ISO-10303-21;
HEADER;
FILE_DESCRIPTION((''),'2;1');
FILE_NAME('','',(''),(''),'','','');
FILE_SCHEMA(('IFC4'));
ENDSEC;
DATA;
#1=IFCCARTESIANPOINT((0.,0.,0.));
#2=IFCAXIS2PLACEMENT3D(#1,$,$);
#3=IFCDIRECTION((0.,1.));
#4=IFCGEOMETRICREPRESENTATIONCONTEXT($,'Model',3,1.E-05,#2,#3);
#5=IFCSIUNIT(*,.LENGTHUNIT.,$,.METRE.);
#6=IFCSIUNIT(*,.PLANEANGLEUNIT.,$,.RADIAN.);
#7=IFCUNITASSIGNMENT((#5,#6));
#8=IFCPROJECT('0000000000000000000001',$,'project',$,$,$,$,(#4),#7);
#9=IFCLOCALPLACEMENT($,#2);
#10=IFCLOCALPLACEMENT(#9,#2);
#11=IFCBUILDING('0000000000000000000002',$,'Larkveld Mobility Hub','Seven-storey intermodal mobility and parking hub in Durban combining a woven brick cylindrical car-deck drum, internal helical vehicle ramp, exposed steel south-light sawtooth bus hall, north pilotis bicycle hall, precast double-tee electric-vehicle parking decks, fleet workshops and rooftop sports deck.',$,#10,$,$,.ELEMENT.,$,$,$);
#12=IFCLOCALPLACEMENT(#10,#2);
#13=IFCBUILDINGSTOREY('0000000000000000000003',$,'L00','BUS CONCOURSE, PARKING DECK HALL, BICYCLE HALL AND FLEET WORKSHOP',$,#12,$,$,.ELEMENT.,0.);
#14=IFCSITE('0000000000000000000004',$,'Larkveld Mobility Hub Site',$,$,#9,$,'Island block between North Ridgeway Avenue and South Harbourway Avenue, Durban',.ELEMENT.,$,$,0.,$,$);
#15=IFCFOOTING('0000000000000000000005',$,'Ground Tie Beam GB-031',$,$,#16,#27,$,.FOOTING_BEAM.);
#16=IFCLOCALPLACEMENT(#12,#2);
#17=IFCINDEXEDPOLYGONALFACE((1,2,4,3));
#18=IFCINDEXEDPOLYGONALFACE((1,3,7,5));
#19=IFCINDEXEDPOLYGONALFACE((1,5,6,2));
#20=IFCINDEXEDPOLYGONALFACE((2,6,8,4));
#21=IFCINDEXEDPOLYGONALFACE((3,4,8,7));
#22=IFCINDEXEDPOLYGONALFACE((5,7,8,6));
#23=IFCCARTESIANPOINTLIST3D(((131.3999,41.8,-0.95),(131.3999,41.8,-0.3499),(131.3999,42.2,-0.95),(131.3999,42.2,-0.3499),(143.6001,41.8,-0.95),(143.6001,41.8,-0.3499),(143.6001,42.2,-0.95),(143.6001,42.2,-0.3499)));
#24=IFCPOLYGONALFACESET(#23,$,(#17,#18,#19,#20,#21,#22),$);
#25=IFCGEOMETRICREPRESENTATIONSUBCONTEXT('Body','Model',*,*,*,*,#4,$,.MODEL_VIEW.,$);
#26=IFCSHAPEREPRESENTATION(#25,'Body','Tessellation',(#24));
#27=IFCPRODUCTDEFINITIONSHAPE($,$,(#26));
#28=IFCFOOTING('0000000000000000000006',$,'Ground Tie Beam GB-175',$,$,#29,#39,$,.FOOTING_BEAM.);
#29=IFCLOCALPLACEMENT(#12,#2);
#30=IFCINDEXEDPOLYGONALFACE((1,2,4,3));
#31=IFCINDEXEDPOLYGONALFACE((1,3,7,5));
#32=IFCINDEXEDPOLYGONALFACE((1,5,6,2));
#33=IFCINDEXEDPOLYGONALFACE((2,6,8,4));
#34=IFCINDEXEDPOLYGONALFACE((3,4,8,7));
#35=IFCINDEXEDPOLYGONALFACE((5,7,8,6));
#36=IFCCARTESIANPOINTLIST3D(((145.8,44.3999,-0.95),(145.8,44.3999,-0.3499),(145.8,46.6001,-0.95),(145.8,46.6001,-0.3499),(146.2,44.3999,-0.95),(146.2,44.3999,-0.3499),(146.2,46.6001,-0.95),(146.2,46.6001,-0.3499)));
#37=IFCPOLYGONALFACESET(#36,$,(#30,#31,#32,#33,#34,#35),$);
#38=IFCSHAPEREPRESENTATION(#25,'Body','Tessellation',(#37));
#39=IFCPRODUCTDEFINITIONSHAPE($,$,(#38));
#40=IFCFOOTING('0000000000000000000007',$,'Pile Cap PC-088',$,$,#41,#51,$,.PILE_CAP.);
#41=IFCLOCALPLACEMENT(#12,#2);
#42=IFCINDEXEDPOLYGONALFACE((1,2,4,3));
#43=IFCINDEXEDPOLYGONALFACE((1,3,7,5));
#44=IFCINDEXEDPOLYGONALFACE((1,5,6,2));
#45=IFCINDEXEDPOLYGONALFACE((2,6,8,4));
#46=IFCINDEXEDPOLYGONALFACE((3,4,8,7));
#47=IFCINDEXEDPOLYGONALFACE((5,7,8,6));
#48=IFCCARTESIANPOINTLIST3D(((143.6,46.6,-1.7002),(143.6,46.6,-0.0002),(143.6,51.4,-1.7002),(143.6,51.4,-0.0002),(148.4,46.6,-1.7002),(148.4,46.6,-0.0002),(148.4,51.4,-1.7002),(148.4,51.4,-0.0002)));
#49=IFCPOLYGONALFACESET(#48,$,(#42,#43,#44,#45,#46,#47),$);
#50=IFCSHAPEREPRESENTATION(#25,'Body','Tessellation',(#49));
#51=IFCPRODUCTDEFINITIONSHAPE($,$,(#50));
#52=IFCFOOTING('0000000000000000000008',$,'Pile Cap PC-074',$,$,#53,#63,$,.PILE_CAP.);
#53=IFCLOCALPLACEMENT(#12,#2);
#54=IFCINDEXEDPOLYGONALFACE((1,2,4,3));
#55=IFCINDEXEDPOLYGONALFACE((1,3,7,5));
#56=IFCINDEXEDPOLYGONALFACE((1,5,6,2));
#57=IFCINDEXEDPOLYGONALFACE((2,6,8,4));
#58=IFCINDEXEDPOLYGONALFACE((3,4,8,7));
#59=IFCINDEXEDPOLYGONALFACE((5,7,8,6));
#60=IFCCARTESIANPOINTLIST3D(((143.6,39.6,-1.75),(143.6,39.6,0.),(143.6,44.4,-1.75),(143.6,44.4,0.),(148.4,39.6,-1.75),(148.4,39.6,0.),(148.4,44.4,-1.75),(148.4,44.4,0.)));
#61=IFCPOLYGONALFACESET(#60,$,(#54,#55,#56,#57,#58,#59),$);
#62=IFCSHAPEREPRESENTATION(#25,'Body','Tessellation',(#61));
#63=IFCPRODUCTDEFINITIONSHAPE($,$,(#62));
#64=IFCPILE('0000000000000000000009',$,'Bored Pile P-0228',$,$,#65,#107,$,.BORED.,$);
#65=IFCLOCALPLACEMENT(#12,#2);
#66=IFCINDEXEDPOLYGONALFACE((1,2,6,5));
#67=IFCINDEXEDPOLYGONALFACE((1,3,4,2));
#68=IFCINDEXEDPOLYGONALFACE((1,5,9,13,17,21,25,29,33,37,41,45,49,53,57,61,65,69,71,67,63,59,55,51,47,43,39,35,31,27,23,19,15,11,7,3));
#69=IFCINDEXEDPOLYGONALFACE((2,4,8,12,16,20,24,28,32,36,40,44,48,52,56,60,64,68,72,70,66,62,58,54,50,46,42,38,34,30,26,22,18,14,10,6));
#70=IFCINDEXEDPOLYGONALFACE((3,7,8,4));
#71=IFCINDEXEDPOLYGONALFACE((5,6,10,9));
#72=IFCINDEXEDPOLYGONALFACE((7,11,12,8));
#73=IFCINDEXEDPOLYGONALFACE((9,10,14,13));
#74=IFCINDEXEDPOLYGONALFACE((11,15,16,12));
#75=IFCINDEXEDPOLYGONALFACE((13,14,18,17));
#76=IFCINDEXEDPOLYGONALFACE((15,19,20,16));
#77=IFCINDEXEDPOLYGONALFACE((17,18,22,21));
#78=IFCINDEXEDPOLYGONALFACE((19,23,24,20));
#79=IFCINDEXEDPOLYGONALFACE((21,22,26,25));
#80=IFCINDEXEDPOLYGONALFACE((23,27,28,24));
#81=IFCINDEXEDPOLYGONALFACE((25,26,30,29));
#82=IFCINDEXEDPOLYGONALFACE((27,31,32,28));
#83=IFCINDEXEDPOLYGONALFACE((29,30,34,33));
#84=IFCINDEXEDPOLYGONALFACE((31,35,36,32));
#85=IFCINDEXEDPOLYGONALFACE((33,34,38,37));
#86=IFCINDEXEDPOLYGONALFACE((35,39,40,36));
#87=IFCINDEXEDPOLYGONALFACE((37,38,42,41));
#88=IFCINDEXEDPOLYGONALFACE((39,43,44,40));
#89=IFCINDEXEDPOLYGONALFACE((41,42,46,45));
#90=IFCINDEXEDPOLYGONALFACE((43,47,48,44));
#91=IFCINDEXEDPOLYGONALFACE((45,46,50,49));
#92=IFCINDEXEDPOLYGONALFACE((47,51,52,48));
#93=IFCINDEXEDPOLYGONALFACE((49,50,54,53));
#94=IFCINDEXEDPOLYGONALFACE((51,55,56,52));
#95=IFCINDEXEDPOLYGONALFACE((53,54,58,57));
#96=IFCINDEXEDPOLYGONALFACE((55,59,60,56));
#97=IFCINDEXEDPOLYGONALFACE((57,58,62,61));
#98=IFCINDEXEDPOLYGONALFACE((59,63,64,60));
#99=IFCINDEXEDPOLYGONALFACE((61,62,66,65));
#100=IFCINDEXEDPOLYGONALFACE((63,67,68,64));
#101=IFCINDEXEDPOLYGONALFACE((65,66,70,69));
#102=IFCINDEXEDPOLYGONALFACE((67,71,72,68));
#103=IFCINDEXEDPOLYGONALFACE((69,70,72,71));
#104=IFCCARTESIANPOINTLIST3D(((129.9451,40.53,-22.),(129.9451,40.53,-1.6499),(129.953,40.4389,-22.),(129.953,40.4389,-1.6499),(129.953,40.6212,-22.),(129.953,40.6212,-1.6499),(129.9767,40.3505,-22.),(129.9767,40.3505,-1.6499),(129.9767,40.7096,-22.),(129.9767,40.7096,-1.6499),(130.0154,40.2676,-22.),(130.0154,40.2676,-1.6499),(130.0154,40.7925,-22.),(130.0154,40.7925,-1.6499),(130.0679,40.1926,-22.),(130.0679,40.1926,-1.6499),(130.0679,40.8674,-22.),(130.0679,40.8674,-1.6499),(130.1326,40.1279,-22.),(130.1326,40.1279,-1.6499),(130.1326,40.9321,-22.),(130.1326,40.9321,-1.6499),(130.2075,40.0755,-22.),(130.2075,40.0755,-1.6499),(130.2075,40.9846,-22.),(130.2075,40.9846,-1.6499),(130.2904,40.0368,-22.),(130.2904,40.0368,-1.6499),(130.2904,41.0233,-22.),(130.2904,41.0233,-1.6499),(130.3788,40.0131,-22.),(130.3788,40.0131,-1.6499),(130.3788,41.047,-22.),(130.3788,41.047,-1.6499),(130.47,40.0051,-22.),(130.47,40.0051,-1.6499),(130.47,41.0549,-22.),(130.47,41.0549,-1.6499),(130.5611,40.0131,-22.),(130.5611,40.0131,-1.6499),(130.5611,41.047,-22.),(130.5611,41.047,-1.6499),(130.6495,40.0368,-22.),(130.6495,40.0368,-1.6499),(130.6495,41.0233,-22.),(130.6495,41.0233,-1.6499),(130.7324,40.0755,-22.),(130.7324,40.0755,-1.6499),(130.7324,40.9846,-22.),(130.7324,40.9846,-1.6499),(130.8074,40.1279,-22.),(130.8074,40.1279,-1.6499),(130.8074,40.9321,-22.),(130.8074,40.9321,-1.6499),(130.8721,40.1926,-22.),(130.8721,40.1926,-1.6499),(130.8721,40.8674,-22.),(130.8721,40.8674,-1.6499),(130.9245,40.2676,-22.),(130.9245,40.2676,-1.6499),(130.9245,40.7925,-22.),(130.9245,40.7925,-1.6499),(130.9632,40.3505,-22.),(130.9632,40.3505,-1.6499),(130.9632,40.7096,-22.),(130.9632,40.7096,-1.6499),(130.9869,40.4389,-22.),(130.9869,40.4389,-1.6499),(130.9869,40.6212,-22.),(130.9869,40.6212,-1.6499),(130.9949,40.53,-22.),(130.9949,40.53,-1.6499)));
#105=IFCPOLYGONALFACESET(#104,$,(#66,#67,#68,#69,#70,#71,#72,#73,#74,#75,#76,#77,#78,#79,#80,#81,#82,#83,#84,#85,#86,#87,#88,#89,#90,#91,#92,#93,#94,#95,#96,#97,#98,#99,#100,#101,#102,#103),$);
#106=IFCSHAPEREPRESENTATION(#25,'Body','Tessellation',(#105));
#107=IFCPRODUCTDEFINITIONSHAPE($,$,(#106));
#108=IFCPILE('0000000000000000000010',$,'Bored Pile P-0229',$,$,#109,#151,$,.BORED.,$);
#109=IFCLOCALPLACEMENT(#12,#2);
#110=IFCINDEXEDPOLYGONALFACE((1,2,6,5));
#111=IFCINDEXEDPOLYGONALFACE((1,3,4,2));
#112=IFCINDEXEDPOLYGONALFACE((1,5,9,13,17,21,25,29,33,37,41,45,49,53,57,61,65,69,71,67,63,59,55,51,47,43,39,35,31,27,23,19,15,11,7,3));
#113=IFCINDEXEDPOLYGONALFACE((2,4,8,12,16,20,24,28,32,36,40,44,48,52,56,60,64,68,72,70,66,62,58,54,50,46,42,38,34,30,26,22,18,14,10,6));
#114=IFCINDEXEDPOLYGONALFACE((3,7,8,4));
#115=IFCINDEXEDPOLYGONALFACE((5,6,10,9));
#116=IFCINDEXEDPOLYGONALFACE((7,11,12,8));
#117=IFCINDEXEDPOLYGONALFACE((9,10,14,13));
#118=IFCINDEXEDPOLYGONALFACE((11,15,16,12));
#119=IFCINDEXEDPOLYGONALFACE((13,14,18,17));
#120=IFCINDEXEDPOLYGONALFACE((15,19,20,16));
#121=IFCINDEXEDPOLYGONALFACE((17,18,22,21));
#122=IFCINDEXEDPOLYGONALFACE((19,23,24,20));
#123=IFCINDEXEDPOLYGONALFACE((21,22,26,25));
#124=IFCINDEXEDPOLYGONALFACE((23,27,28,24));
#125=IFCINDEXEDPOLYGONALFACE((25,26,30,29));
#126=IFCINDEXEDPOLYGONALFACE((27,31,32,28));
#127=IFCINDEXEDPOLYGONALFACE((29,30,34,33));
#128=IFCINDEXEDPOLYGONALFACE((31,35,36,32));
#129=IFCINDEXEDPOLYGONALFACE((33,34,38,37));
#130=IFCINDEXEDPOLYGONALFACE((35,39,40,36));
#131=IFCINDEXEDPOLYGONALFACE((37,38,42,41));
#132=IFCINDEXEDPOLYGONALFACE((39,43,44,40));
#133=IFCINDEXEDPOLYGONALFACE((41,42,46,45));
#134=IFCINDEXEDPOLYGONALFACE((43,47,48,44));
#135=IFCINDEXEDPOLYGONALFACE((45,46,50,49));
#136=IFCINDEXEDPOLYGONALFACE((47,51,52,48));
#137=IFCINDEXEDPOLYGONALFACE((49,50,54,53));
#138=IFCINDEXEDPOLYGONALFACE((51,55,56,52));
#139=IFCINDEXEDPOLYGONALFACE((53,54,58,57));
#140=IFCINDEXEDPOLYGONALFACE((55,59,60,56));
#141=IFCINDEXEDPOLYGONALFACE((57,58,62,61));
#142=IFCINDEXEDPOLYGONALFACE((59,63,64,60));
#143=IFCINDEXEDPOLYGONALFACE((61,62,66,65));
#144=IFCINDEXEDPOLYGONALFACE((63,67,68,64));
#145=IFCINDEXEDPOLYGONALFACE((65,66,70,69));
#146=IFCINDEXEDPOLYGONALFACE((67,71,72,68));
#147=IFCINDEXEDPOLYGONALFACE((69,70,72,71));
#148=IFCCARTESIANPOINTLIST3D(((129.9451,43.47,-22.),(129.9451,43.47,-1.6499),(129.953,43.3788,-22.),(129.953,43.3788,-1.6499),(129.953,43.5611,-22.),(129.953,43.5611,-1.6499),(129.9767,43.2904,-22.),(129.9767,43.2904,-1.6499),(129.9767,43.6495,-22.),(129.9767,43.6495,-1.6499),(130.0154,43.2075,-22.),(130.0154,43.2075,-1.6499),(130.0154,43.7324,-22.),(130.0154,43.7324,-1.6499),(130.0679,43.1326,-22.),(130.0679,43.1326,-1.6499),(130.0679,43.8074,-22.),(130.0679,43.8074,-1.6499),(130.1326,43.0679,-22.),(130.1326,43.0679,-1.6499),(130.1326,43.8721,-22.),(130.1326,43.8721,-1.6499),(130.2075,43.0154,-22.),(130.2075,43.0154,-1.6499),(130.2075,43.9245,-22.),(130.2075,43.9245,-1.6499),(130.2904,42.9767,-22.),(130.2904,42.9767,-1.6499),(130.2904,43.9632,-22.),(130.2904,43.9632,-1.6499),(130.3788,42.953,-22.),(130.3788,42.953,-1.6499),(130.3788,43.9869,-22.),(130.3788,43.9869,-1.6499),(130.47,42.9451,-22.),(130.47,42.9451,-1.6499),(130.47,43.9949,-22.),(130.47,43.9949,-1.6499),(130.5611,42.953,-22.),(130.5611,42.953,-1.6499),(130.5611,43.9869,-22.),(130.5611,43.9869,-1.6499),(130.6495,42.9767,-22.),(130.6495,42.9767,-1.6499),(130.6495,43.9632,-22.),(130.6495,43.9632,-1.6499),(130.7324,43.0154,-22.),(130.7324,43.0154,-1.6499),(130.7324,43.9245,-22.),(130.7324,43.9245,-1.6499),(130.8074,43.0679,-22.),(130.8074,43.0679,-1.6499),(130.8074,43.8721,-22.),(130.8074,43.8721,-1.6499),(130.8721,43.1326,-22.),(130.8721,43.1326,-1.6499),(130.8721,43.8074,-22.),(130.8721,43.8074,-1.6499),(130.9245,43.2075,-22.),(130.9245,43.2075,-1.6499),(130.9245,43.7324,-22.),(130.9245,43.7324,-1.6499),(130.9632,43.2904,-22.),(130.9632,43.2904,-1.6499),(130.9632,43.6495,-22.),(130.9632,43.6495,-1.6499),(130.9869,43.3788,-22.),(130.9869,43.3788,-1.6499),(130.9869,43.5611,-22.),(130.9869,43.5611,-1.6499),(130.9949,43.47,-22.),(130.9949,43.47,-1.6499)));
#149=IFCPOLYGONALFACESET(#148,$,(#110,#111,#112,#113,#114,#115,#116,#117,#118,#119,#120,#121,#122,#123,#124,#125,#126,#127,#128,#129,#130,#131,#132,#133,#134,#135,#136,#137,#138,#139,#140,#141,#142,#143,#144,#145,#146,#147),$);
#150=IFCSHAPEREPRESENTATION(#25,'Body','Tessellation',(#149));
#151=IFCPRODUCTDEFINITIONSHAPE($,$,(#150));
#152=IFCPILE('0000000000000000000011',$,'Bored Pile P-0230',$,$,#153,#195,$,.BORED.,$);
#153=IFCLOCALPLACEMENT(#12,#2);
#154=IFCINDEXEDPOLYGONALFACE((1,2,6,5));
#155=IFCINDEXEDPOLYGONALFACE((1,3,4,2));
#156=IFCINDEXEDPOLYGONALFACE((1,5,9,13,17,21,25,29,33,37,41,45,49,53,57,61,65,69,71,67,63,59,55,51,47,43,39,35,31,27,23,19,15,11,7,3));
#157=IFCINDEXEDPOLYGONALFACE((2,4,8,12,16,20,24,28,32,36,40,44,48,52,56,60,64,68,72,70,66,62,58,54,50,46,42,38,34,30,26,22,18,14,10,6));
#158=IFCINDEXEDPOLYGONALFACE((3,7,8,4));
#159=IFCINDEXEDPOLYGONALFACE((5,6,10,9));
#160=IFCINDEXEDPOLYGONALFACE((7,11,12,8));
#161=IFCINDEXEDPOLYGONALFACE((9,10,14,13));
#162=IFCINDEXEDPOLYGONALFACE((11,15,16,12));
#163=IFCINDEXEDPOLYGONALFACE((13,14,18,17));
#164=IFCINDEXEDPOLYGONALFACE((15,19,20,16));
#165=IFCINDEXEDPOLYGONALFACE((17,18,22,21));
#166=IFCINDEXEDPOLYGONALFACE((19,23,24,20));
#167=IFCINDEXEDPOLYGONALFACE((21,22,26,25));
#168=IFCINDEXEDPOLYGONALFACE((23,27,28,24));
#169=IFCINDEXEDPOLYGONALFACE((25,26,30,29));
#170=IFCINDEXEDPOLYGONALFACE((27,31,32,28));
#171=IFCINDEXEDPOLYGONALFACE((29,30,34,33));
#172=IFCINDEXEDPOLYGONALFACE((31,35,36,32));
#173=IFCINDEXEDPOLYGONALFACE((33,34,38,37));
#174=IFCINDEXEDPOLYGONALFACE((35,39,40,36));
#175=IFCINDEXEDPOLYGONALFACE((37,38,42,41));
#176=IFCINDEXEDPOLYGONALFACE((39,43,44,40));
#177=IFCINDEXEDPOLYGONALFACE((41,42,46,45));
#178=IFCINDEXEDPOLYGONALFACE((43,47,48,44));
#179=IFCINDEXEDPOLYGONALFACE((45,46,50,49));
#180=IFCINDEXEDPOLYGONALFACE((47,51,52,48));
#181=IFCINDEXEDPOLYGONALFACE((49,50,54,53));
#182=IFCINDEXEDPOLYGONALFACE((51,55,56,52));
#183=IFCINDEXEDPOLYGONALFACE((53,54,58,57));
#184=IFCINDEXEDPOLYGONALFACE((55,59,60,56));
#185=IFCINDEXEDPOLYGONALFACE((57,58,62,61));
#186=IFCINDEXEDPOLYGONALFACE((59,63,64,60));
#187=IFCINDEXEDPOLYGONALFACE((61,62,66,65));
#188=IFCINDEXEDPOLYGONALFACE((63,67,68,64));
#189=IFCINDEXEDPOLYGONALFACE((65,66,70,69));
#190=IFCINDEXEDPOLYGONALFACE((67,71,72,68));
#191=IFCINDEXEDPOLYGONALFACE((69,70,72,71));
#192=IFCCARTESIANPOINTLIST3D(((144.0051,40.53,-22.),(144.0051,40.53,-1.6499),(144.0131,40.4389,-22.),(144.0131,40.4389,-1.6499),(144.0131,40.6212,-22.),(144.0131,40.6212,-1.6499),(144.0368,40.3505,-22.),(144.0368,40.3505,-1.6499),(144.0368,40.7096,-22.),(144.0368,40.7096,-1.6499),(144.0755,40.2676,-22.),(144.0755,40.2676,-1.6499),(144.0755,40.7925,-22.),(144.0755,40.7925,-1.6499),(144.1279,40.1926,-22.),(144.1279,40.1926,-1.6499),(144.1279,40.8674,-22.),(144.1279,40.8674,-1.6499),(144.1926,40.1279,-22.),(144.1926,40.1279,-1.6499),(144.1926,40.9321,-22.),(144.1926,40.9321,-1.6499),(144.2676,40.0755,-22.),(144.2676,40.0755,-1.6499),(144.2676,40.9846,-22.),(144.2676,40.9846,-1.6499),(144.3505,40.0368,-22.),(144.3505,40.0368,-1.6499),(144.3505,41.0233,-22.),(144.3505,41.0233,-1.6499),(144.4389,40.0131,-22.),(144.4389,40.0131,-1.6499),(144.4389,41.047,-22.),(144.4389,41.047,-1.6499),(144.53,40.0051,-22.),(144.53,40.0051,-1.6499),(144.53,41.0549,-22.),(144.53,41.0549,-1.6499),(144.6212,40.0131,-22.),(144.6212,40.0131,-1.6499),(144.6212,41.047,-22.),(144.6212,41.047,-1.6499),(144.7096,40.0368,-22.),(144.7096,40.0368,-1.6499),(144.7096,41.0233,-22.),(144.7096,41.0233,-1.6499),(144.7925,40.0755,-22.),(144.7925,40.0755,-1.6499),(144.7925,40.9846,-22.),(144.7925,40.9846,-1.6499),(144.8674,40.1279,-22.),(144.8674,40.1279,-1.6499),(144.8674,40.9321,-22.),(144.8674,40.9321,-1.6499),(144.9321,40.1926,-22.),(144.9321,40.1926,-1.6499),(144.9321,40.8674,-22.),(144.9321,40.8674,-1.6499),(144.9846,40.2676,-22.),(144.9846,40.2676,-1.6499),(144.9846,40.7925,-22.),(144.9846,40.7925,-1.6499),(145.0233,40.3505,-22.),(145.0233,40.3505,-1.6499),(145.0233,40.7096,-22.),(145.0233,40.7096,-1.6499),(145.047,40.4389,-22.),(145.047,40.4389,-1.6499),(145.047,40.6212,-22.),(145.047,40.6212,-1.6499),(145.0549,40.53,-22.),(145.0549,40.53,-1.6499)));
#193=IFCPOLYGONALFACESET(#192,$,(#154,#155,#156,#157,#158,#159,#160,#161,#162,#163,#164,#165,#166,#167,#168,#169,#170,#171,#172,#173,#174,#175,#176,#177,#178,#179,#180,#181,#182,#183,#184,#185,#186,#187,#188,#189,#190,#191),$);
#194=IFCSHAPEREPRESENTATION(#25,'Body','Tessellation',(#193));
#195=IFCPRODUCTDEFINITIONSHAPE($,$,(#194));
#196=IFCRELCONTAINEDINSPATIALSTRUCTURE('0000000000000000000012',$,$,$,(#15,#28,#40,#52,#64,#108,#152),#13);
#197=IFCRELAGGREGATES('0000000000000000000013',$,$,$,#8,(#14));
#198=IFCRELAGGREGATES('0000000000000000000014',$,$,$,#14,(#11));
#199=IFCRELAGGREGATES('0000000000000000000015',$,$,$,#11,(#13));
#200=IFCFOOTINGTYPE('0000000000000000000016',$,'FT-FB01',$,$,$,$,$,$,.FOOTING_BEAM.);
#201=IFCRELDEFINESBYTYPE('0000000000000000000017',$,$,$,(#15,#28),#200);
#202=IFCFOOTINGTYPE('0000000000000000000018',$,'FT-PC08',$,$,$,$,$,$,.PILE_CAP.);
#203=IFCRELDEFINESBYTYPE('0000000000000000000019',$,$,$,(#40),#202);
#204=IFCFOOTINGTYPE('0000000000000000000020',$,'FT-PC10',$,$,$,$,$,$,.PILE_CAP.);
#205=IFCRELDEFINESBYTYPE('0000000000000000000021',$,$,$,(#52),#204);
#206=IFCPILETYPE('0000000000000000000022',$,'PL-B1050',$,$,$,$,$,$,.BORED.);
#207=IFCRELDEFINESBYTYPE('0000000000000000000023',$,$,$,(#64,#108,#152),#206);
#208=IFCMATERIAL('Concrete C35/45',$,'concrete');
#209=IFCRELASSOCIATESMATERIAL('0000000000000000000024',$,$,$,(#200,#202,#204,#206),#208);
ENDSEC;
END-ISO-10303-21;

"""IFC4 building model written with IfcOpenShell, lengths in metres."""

from ifc_helpers import new_model, si_unit, direction, frame, origin, origin_2d, place, context, subcontext, project, spatial, rectangle, circle, extrude, material, material_profile, profile_set, type_object, element, save


model = new_model("IFC4")

# Units and contexts
model_context = context("Model", 3, precision=1e-05, world=origin(), true_north=direction((0.0, 1.0)))
body_context = subcontext(model_context, "Body", "Model", "MODEL_VIEW")
ifc_project = project(units=[si_unit("LENGTHUNIT", "METRE"), si_unit("PLANEANGLEUNIT", "RADIAN")], contexts=[model_context])

# Site, building, storey
site_placement = place(None, origin())
site = spatial("IfcSite", under=ifc_project, at=site_placement, Name="Larkveld Mobility Hub Site", LongName="Island block between North Ridgeway Avenue and South Harbourway Avenue, Durban", CompositionType="ELEMENT", RefElevation=0.0)
building_placement = place(site_placement, origin())
building = spatial("IfcBuilding", under=site, at=building_placement, Name="Larkveld Mobility Hub", Description="Seven-storey intermodal mobility and parking hub in Durban combining a woven brick cylindrical car-deck drum, internal helical vehicle ramp, exposed steel south-light sawtooth bus hall, north pilotis bicycle hall, precast double-tee electric-vehicle parking decks, fleet workshops and rooftop sports deck.", CompositionType="ELEMENT")
storey_placement = place(building_placement, origin())
storey = spatial("IfcBuildingStorey", under=building, at=storey_placement, Name="L00", Description="BUS CONCOURSE, PARKING DECK HALL, BICYCLE HALL AND FLEET WORKSHOP", CompositionType="ELEMENT", Elevation=0.0)

# Footings
ifc_material_1 = material(Name="Concrete C35/45", Category="concrete")
ifc_material_profile_1 = material_profile(ifc_material_1, rectangle(XDim=0.3999, YDim=0.6001, at=origin_2d()), Name="RC BM 400x600")
ifc_profile_set_1 = profile_set([ifc_material_profile_1], Name="Concrete C35/45")
footing_type_1 = type_object("IfcFootingType", Name="FT-FB01", PredefinedType="FOOTING_BEAM", material=ifc_profile_set_1)
footing_1_placement = place(storey_placement, frame((131.3999, 42.0, -0.6499), z_axis=(1.0, 0.0, 0.0), x_axis=(0.0, 1.0, 0.0)))
element("IfcFooting", 1, at=footing_1_placement, inside=storey, type_object=footing_type_1, Name="Ground Tie Beam GB-031", PredefinedType="FOOTING_BEAM", context=body_context, shape_type="SweptSolid", body=[
    extrude(rectangle(XDim=0.3999, YDim=0.6001, at=origin_2d()), origin(), (0.0, 0.0, 1.0), 12.2002),
])
footing_2_placement = place(storey_placement, frame((146.0, 44.3999, -0.6499), z_axis=(0.0, 1.0, 0.0), x_axis=(-1.0, 0.0, 0.0)))
element("IfcFooting", 2, at=footing_2_placement, inside=storey, type_object=footing_type_1, Name="Ground Tie Beam GB-175", PredefinedType="FOOTING_BEAM", context=body_context, shape_type="SweptSolid", body=[
    extrude(rectangle(XDim=0.3999, YDim=0.6001, at=origin_2d()), origin(), (0.0, 0.0, 1.0), 2.2002),
])
footing_type_2 = type_object("IfcFootingType", Name="FT-PC08", PredefinedType="PILE_CAP", material=ifc_material_1)
footing_3_placement = place(storey_placement, frame((146.0, 49.0, -1.7002), z_axis=(0.0, 0.0, 1.0), x_axis=(1.0, 0.0, 0.0)))
element("IfcFooting", 3, at=footing_3_placement, inside=storey, type_object=footing_type_2, Name="Pile Cap PC-088", PredefinedType="PILE_CAP", context=body_context, shape_type="SweptSolid", body=[
    extrude(rectangle(XDim=4.8, YDim=4.8, at=origin_2d()), origin(), (0.0, 0.0, 1.0), 1.7),
])
footing_type_3 = type_object("IfcFootingType", Name="FT-PC10", PredefinedType="PILE_CAP", material=ifc_material_1)
footing_4_placement = place(storey_placement, frame((146.0, 42.0, -1.75), z_axis=(0.0, 0.0, 1.0), x_axis=(1.0, 0.0, 0.0)))
element("IfcFooting", 4, at=footing_4_placement, inside=storey, type_object=footing_type_3, Name="Pile Cap PC-074", PredefinedType="PILE_CAP", context=body_context, shape_type="SweptSolid", body=[
    extrude(rectangle(XDim=4.8, YDim=4.8, at=origin_2d()), origin(), (0.0, 0.0, 1.0), 1.75),
])

# Piles
ifc_material_profile_2 = material_profile(ifc_material_1, circle(Radius=0.5249, at=origin_2d()), Name="PILE D1050")
ifc_profile_set_2 = profile_set([ifc_material_profile_2], Name="Concrete C35/45")
pile_type = type_object("IfcPileType", Name="PL-B1050", PredefinedType="BORED", material=ifc_profile_set_2)
for number, where, z_axis, x_axis, name in (
    (5, (130.47, 40.53, -1.6499), (0.0, 0.0, -1.0), (1.0, 0.0, 0.0), "Bored Pile P-0228"),
    (6, (130.47, 43.47, -1.6499), (0.0, 0.0, -1.0), (1.0, 0.0, 0.0), "Bored Pile P-0229"),
    (7, (144.53, 40.53, -1.6499), (0.0, 0.0, -1.0), (1.0, 0.0, 0.0), "Bored Pile P-0230"),
):
    element("IfcPile", number, at=place(storey_placement, frame(where, z_axis=z_axis, x_axis=x_axis)), inside=storey, type_object=pile_type, Name=name, PredefinedType="BORED", context=body_context, shape_type="SweptSolid", body=[
        extrude(circle(Radius=0.5249, at=origin_2d()), origin(), (0.0, 0.0, 1.0), 20.3501),
    ])

save(model, "model.ifc")
